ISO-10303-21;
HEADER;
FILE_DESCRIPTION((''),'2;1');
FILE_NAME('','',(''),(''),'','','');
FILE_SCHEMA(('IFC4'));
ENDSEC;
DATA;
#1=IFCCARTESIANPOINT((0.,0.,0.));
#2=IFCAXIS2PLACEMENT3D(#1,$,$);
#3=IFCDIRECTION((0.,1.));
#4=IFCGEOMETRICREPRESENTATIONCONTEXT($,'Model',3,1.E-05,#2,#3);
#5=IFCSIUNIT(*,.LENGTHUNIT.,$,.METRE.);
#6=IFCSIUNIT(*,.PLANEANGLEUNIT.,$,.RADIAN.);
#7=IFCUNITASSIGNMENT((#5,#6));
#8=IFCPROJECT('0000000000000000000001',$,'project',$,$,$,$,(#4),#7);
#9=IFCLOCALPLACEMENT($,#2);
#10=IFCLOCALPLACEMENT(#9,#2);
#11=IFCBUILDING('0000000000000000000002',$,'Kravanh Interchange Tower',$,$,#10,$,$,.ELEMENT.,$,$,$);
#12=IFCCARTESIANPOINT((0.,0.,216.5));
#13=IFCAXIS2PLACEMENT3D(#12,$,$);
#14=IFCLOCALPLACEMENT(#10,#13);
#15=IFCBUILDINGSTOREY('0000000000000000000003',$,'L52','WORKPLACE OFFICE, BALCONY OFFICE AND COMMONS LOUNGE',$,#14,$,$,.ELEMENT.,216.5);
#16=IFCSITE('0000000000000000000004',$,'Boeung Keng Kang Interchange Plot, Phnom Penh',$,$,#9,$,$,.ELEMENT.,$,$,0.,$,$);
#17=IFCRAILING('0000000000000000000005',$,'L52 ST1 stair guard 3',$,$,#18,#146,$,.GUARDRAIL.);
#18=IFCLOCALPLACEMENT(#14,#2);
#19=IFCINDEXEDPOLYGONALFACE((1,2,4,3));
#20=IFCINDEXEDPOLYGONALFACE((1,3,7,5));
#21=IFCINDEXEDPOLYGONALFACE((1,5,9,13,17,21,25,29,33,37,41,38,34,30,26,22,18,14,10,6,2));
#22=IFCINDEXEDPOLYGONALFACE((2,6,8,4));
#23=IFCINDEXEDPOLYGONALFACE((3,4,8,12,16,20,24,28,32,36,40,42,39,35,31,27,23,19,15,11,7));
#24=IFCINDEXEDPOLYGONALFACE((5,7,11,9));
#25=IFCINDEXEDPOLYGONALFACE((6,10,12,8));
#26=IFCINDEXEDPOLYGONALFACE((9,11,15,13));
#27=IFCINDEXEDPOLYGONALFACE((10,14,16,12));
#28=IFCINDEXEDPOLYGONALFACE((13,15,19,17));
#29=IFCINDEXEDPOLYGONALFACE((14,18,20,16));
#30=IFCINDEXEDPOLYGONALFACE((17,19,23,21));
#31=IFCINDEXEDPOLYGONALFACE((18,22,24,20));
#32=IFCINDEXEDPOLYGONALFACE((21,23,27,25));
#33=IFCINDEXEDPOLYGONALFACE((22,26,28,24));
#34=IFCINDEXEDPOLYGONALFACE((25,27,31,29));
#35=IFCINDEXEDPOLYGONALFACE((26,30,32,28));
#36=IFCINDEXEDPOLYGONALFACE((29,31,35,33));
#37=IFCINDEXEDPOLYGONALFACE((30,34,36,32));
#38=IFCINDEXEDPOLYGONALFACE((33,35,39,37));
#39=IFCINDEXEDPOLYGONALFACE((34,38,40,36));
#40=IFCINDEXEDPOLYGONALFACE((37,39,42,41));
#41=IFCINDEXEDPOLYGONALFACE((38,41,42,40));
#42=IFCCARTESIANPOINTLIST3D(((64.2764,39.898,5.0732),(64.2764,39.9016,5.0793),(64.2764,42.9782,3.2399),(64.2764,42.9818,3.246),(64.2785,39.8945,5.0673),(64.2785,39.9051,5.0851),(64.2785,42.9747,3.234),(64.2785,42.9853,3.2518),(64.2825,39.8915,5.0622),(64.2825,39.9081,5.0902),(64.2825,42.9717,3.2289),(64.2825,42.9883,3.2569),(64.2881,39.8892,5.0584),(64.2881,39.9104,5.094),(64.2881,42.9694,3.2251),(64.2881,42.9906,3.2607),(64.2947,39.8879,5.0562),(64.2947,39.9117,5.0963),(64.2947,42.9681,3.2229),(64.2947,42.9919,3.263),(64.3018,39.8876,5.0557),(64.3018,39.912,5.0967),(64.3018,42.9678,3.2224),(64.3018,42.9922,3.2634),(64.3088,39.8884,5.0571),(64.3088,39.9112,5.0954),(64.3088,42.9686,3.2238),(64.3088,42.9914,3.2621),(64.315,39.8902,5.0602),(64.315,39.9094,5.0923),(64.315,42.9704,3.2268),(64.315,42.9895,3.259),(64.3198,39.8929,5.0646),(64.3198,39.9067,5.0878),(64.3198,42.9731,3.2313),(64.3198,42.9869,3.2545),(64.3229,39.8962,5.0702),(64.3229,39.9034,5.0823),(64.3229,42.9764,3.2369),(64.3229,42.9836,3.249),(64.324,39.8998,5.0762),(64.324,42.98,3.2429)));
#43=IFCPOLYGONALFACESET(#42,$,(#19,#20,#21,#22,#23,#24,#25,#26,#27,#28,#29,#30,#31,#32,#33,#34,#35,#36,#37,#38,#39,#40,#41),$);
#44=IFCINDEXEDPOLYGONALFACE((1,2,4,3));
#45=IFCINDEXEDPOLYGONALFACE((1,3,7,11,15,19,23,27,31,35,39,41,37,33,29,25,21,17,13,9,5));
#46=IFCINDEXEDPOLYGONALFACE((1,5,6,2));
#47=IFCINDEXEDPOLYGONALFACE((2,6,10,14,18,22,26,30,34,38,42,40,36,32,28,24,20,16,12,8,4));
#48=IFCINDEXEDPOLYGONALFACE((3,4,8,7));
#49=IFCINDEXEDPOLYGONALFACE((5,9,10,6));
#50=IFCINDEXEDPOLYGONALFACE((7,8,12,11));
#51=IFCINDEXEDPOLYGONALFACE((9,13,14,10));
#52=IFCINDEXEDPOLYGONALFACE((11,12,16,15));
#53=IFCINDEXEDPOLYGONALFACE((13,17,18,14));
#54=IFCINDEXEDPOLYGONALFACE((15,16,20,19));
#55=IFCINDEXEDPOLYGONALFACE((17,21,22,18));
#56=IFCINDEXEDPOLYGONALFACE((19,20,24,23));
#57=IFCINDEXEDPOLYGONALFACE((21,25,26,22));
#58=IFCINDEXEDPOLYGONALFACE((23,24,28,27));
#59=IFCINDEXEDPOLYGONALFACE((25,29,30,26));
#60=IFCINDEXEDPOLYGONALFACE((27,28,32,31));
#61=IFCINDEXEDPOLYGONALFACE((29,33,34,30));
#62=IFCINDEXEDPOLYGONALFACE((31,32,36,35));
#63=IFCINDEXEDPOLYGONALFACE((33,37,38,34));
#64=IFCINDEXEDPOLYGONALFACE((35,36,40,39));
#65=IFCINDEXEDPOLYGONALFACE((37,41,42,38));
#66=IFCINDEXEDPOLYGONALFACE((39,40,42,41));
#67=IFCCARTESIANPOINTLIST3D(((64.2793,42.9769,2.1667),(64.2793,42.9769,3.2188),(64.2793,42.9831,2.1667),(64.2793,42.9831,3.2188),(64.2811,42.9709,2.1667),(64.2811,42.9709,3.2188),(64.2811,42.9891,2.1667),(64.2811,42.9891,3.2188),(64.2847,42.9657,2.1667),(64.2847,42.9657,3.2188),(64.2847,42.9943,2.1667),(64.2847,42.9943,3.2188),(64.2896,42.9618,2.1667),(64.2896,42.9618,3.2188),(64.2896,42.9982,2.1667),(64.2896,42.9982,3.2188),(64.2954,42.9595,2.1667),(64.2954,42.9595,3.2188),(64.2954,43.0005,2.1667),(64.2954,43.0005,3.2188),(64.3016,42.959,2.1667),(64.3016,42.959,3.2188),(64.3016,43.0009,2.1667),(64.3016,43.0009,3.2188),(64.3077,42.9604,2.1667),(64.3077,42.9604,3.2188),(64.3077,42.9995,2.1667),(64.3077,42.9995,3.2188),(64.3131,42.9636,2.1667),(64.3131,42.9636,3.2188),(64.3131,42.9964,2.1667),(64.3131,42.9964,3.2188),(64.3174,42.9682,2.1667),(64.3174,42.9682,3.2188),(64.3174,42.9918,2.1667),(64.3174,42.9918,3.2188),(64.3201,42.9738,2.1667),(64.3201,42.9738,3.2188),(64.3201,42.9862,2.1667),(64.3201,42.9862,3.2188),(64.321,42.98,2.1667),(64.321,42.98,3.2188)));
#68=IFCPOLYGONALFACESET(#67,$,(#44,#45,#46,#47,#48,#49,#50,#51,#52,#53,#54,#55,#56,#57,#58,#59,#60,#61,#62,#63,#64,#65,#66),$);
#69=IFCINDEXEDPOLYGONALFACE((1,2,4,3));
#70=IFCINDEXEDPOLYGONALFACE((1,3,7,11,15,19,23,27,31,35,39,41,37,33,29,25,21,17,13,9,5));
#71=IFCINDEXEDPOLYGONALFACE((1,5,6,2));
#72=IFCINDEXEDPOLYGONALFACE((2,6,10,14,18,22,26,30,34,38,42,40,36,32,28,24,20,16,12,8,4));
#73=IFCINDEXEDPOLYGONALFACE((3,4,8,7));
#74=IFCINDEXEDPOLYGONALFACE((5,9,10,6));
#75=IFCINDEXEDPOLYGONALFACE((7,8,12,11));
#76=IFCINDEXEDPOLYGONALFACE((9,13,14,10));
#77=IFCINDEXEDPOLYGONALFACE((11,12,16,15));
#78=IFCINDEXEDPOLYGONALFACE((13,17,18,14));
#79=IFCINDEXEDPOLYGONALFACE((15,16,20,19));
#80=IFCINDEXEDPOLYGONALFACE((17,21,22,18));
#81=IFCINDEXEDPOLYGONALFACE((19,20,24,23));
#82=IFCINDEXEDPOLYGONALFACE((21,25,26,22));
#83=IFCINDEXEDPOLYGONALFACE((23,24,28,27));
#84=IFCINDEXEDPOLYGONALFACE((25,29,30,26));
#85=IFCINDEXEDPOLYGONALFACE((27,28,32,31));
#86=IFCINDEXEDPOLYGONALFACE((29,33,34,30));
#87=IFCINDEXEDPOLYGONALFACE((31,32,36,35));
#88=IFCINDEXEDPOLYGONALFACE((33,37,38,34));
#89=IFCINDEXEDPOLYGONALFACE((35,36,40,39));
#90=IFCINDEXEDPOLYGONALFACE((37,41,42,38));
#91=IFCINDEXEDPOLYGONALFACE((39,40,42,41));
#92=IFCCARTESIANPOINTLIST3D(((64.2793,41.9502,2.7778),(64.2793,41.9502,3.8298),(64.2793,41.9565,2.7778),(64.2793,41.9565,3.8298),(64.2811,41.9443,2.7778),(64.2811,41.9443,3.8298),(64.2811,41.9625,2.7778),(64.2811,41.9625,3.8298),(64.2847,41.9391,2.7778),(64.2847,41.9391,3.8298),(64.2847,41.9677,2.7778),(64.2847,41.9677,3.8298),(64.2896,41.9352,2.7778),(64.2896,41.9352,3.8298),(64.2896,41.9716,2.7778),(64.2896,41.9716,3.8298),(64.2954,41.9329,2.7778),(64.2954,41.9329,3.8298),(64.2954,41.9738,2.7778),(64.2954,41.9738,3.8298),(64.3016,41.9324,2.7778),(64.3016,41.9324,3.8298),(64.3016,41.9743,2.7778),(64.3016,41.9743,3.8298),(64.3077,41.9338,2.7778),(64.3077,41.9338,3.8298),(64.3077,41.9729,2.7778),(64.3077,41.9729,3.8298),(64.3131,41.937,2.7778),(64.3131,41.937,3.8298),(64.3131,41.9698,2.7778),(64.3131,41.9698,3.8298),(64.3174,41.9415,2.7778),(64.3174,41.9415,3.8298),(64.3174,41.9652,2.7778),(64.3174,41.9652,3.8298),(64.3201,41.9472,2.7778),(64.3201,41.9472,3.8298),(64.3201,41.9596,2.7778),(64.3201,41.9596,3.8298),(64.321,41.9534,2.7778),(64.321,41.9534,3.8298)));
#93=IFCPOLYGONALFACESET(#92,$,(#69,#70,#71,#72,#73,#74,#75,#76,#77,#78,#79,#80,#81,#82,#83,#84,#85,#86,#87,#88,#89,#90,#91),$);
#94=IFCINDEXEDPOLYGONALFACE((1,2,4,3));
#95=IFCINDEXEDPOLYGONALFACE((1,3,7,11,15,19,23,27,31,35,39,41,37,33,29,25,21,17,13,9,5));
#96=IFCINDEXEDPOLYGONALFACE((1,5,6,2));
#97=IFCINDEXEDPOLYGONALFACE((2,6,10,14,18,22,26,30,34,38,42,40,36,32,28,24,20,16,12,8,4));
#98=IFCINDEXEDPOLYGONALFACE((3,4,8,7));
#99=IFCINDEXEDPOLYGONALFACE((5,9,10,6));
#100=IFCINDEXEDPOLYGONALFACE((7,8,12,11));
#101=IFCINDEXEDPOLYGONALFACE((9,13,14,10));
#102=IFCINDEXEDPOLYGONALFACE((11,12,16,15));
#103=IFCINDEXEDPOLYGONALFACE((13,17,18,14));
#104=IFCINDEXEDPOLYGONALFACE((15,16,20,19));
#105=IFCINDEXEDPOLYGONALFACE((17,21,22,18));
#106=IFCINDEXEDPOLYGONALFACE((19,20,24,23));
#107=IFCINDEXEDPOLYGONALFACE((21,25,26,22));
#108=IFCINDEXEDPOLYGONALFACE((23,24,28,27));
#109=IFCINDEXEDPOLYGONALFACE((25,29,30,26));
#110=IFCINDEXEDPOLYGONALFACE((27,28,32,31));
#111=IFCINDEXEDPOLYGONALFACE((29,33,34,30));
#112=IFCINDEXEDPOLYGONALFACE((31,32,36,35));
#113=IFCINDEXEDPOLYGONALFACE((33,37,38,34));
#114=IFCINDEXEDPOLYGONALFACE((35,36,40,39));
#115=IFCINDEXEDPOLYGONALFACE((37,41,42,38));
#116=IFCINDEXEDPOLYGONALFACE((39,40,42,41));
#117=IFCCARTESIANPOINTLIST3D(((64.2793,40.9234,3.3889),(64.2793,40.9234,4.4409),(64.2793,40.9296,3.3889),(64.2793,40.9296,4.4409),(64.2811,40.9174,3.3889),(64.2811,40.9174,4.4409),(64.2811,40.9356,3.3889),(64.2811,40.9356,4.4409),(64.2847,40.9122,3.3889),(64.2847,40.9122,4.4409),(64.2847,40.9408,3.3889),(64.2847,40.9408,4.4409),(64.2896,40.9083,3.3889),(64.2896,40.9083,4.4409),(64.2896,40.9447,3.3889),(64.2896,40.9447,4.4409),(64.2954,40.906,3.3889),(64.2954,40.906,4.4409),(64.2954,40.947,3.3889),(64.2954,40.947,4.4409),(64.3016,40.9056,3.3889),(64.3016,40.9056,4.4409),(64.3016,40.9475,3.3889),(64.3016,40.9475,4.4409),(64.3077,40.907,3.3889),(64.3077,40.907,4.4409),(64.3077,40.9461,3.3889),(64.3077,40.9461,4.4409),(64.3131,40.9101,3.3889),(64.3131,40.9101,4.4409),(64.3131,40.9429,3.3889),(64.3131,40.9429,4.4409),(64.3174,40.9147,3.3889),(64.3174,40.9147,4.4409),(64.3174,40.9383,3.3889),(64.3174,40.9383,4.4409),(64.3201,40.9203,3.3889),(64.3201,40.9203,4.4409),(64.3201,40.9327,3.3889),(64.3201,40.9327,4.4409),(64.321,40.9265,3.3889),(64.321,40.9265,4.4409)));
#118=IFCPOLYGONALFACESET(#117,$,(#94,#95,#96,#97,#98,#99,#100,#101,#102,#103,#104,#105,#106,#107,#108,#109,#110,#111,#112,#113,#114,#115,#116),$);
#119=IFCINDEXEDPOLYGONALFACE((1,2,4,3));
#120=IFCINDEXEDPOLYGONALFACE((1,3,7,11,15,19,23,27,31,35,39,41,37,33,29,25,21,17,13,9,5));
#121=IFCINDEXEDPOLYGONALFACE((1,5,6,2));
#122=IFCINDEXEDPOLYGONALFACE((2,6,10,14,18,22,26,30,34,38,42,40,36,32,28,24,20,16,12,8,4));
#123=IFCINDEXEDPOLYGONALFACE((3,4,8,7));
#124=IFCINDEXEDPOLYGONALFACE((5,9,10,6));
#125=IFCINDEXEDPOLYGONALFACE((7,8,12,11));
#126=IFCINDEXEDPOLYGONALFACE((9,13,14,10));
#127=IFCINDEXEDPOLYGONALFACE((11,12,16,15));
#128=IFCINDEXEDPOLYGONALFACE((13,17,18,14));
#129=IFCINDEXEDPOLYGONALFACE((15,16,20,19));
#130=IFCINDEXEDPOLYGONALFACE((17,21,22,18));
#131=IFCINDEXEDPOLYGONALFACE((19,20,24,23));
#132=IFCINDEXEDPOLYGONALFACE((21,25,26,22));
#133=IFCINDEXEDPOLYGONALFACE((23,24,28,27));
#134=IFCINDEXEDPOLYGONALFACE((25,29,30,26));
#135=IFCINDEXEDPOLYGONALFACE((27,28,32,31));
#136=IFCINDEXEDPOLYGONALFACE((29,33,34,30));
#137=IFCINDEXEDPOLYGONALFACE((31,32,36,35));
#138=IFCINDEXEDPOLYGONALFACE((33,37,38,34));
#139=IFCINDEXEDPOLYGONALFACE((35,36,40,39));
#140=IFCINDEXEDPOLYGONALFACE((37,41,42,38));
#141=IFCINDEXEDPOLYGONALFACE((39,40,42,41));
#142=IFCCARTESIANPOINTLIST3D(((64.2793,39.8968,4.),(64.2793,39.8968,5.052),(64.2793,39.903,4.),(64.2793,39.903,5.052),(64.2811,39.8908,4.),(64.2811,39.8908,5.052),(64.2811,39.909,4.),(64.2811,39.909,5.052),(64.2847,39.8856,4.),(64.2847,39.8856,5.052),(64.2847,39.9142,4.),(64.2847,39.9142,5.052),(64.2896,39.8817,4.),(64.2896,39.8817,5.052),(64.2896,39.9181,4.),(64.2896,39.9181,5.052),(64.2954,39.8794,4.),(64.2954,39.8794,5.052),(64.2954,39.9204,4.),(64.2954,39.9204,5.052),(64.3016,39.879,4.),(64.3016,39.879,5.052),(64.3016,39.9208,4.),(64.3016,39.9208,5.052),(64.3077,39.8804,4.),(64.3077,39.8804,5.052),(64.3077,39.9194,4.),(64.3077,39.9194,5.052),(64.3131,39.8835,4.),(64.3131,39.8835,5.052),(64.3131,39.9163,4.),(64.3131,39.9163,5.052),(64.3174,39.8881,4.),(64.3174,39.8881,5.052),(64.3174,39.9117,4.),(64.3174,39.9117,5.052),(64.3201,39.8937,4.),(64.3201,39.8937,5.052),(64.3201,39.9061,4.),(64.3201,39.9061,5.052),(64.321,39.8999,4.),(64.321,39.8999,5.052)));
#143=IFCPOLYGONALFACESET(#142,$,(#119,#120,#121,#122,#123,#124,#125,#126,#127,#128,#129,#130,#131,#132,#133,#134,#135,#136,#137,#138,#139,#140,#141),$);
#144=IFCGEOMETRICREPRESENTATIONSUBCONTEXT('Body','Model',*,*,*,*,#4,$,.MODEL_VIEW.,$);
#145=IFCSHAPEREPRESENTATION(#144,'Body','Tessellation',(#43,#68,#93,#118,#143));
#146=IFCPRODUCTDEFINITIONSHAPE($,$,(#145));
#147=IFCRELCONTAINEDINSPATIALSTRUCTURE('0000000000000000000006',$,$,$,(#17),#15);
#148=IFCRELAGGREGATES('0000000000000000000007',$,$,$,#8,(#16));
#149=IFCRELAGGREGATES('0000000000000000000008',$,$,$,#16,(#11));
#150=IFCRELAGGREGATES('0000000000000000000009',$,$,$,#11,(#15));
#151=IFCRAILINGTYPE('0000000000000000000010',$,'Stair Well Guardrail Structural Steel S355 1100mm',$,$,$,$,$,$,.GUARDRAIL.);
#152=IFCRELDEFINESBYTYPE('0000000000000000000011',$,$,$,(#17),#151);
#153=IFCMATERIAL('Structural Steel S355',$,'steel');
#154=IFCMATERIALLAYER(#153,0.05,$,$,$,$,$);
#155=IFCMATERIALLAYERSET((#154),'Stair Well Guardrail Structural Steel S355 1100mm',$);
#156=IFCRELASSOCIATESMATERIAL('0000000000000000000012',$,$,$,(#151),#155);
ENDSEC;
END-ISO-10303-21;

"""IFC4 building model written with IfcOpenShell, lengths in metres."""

from ifc_helpers import new_model, si_unit, direction, frame, origin, origin_2d, place, context, subcontext, project, spatial, circle, extrude, material, layer, layer_set, type_object, element, save


model = new_model("IFC4")

# Units and contexts
model_context = context("Model", 3, precision=1e-05, world=origin(), true_north=direction((0.0, 1.0)))
body_context = subcontext(model_context, "Body", "Model", "MODEL_VIEW")
ifc_project = project(units=[si_unit("LENGTHUNIT", "METRE"), si_unit("PLANEANGLEUNIT", "RADIAN")], contexts=[model_context])

# Site, building, storey
site_placement = place(None, origin())
site = spatial("IfcSite", under=ifc_project, at=site_placement, Name="Boeung Keng Kang Interchange Plot, Phnom Penh", CompositionType="ELEMENT", RefElevation=0.0)
building_placement = place(site_placement, origin())
building = spatial("IfcBuilding", under=site, at=building_placement, Name="Kravanh Interchange Tower", CompositionType="ELEMENT")
storey_placement = place(building_placement, frame((0.0, 0.0, 216.5)))
storey = spatial("IfcBuildingStorey", under=building, at=storey_placement, Name="L52", Description="WORKPLACE OFFICE, BALCONY OFFICE AND COMMONS LOUNGE", CompositionType="ELEMENT", Elevation=216.5)

# Railing
ifc_material_1 = material(Name="Structural Steel S355", Category="steel")
ifc_layer_1 = layer(ifc_material_1, 0.05)
ifc_layer_set_1 = layer_set([ifc_layer_1], Name="Stair Well Guardrail Structural Steel S355 1100mm")
railing_type_1 = type_object("IfcRailingType", Name="Stair Well Guardrail Structural Steel S355 1100mm", PredefinedType="GUARDRAIL", material=ifc_layer_set_1)
railing_1_placement = place(storey_placement, frame((64.3, 42.98, 2.1667)))
element("IfcRailing", 1, at=railing_1_placement, inside=storey, type_object=railing_type_1, Name="L52 ST1 stair guard 3", PredefinedType="GUARDRAIL", context=body_context, shape_type="SweptSolid", body=[
    extrude(circle(Radius=0.0239, at=origin_2d()), frame((0.0, 0.0, 1.0762), z_axis=(0.0, -0.859309, 0.511458), x_axis=(1.0, 0.0, 0.0)), (0.0, 0.0, 1.0), 3.5845),
    extrude(circle(Radius=0.021, at=origin_2d()), origin(), (0.0, 0.0, 1.0), 1.052),
    extrude(circle(Radius=0.021, at=origin_2d()), frame((0.0, -1.0266, 0.6111)), (0.0, 0.0, 1.0), 1.052),
    extrude(circle(Radius=0.021, at=origin_2d()), frame((0.0, -2.0535, 1.2222)), (0.0, 0.0, 1.0), 1.052),
    extrude(circle(Radius=0.021, at=origin_2d()), frame((0.0, -3.0801, 1.8333)), (0.0, 0.0, 1.0), 1.052),
])

save(model, "model.ifc")
